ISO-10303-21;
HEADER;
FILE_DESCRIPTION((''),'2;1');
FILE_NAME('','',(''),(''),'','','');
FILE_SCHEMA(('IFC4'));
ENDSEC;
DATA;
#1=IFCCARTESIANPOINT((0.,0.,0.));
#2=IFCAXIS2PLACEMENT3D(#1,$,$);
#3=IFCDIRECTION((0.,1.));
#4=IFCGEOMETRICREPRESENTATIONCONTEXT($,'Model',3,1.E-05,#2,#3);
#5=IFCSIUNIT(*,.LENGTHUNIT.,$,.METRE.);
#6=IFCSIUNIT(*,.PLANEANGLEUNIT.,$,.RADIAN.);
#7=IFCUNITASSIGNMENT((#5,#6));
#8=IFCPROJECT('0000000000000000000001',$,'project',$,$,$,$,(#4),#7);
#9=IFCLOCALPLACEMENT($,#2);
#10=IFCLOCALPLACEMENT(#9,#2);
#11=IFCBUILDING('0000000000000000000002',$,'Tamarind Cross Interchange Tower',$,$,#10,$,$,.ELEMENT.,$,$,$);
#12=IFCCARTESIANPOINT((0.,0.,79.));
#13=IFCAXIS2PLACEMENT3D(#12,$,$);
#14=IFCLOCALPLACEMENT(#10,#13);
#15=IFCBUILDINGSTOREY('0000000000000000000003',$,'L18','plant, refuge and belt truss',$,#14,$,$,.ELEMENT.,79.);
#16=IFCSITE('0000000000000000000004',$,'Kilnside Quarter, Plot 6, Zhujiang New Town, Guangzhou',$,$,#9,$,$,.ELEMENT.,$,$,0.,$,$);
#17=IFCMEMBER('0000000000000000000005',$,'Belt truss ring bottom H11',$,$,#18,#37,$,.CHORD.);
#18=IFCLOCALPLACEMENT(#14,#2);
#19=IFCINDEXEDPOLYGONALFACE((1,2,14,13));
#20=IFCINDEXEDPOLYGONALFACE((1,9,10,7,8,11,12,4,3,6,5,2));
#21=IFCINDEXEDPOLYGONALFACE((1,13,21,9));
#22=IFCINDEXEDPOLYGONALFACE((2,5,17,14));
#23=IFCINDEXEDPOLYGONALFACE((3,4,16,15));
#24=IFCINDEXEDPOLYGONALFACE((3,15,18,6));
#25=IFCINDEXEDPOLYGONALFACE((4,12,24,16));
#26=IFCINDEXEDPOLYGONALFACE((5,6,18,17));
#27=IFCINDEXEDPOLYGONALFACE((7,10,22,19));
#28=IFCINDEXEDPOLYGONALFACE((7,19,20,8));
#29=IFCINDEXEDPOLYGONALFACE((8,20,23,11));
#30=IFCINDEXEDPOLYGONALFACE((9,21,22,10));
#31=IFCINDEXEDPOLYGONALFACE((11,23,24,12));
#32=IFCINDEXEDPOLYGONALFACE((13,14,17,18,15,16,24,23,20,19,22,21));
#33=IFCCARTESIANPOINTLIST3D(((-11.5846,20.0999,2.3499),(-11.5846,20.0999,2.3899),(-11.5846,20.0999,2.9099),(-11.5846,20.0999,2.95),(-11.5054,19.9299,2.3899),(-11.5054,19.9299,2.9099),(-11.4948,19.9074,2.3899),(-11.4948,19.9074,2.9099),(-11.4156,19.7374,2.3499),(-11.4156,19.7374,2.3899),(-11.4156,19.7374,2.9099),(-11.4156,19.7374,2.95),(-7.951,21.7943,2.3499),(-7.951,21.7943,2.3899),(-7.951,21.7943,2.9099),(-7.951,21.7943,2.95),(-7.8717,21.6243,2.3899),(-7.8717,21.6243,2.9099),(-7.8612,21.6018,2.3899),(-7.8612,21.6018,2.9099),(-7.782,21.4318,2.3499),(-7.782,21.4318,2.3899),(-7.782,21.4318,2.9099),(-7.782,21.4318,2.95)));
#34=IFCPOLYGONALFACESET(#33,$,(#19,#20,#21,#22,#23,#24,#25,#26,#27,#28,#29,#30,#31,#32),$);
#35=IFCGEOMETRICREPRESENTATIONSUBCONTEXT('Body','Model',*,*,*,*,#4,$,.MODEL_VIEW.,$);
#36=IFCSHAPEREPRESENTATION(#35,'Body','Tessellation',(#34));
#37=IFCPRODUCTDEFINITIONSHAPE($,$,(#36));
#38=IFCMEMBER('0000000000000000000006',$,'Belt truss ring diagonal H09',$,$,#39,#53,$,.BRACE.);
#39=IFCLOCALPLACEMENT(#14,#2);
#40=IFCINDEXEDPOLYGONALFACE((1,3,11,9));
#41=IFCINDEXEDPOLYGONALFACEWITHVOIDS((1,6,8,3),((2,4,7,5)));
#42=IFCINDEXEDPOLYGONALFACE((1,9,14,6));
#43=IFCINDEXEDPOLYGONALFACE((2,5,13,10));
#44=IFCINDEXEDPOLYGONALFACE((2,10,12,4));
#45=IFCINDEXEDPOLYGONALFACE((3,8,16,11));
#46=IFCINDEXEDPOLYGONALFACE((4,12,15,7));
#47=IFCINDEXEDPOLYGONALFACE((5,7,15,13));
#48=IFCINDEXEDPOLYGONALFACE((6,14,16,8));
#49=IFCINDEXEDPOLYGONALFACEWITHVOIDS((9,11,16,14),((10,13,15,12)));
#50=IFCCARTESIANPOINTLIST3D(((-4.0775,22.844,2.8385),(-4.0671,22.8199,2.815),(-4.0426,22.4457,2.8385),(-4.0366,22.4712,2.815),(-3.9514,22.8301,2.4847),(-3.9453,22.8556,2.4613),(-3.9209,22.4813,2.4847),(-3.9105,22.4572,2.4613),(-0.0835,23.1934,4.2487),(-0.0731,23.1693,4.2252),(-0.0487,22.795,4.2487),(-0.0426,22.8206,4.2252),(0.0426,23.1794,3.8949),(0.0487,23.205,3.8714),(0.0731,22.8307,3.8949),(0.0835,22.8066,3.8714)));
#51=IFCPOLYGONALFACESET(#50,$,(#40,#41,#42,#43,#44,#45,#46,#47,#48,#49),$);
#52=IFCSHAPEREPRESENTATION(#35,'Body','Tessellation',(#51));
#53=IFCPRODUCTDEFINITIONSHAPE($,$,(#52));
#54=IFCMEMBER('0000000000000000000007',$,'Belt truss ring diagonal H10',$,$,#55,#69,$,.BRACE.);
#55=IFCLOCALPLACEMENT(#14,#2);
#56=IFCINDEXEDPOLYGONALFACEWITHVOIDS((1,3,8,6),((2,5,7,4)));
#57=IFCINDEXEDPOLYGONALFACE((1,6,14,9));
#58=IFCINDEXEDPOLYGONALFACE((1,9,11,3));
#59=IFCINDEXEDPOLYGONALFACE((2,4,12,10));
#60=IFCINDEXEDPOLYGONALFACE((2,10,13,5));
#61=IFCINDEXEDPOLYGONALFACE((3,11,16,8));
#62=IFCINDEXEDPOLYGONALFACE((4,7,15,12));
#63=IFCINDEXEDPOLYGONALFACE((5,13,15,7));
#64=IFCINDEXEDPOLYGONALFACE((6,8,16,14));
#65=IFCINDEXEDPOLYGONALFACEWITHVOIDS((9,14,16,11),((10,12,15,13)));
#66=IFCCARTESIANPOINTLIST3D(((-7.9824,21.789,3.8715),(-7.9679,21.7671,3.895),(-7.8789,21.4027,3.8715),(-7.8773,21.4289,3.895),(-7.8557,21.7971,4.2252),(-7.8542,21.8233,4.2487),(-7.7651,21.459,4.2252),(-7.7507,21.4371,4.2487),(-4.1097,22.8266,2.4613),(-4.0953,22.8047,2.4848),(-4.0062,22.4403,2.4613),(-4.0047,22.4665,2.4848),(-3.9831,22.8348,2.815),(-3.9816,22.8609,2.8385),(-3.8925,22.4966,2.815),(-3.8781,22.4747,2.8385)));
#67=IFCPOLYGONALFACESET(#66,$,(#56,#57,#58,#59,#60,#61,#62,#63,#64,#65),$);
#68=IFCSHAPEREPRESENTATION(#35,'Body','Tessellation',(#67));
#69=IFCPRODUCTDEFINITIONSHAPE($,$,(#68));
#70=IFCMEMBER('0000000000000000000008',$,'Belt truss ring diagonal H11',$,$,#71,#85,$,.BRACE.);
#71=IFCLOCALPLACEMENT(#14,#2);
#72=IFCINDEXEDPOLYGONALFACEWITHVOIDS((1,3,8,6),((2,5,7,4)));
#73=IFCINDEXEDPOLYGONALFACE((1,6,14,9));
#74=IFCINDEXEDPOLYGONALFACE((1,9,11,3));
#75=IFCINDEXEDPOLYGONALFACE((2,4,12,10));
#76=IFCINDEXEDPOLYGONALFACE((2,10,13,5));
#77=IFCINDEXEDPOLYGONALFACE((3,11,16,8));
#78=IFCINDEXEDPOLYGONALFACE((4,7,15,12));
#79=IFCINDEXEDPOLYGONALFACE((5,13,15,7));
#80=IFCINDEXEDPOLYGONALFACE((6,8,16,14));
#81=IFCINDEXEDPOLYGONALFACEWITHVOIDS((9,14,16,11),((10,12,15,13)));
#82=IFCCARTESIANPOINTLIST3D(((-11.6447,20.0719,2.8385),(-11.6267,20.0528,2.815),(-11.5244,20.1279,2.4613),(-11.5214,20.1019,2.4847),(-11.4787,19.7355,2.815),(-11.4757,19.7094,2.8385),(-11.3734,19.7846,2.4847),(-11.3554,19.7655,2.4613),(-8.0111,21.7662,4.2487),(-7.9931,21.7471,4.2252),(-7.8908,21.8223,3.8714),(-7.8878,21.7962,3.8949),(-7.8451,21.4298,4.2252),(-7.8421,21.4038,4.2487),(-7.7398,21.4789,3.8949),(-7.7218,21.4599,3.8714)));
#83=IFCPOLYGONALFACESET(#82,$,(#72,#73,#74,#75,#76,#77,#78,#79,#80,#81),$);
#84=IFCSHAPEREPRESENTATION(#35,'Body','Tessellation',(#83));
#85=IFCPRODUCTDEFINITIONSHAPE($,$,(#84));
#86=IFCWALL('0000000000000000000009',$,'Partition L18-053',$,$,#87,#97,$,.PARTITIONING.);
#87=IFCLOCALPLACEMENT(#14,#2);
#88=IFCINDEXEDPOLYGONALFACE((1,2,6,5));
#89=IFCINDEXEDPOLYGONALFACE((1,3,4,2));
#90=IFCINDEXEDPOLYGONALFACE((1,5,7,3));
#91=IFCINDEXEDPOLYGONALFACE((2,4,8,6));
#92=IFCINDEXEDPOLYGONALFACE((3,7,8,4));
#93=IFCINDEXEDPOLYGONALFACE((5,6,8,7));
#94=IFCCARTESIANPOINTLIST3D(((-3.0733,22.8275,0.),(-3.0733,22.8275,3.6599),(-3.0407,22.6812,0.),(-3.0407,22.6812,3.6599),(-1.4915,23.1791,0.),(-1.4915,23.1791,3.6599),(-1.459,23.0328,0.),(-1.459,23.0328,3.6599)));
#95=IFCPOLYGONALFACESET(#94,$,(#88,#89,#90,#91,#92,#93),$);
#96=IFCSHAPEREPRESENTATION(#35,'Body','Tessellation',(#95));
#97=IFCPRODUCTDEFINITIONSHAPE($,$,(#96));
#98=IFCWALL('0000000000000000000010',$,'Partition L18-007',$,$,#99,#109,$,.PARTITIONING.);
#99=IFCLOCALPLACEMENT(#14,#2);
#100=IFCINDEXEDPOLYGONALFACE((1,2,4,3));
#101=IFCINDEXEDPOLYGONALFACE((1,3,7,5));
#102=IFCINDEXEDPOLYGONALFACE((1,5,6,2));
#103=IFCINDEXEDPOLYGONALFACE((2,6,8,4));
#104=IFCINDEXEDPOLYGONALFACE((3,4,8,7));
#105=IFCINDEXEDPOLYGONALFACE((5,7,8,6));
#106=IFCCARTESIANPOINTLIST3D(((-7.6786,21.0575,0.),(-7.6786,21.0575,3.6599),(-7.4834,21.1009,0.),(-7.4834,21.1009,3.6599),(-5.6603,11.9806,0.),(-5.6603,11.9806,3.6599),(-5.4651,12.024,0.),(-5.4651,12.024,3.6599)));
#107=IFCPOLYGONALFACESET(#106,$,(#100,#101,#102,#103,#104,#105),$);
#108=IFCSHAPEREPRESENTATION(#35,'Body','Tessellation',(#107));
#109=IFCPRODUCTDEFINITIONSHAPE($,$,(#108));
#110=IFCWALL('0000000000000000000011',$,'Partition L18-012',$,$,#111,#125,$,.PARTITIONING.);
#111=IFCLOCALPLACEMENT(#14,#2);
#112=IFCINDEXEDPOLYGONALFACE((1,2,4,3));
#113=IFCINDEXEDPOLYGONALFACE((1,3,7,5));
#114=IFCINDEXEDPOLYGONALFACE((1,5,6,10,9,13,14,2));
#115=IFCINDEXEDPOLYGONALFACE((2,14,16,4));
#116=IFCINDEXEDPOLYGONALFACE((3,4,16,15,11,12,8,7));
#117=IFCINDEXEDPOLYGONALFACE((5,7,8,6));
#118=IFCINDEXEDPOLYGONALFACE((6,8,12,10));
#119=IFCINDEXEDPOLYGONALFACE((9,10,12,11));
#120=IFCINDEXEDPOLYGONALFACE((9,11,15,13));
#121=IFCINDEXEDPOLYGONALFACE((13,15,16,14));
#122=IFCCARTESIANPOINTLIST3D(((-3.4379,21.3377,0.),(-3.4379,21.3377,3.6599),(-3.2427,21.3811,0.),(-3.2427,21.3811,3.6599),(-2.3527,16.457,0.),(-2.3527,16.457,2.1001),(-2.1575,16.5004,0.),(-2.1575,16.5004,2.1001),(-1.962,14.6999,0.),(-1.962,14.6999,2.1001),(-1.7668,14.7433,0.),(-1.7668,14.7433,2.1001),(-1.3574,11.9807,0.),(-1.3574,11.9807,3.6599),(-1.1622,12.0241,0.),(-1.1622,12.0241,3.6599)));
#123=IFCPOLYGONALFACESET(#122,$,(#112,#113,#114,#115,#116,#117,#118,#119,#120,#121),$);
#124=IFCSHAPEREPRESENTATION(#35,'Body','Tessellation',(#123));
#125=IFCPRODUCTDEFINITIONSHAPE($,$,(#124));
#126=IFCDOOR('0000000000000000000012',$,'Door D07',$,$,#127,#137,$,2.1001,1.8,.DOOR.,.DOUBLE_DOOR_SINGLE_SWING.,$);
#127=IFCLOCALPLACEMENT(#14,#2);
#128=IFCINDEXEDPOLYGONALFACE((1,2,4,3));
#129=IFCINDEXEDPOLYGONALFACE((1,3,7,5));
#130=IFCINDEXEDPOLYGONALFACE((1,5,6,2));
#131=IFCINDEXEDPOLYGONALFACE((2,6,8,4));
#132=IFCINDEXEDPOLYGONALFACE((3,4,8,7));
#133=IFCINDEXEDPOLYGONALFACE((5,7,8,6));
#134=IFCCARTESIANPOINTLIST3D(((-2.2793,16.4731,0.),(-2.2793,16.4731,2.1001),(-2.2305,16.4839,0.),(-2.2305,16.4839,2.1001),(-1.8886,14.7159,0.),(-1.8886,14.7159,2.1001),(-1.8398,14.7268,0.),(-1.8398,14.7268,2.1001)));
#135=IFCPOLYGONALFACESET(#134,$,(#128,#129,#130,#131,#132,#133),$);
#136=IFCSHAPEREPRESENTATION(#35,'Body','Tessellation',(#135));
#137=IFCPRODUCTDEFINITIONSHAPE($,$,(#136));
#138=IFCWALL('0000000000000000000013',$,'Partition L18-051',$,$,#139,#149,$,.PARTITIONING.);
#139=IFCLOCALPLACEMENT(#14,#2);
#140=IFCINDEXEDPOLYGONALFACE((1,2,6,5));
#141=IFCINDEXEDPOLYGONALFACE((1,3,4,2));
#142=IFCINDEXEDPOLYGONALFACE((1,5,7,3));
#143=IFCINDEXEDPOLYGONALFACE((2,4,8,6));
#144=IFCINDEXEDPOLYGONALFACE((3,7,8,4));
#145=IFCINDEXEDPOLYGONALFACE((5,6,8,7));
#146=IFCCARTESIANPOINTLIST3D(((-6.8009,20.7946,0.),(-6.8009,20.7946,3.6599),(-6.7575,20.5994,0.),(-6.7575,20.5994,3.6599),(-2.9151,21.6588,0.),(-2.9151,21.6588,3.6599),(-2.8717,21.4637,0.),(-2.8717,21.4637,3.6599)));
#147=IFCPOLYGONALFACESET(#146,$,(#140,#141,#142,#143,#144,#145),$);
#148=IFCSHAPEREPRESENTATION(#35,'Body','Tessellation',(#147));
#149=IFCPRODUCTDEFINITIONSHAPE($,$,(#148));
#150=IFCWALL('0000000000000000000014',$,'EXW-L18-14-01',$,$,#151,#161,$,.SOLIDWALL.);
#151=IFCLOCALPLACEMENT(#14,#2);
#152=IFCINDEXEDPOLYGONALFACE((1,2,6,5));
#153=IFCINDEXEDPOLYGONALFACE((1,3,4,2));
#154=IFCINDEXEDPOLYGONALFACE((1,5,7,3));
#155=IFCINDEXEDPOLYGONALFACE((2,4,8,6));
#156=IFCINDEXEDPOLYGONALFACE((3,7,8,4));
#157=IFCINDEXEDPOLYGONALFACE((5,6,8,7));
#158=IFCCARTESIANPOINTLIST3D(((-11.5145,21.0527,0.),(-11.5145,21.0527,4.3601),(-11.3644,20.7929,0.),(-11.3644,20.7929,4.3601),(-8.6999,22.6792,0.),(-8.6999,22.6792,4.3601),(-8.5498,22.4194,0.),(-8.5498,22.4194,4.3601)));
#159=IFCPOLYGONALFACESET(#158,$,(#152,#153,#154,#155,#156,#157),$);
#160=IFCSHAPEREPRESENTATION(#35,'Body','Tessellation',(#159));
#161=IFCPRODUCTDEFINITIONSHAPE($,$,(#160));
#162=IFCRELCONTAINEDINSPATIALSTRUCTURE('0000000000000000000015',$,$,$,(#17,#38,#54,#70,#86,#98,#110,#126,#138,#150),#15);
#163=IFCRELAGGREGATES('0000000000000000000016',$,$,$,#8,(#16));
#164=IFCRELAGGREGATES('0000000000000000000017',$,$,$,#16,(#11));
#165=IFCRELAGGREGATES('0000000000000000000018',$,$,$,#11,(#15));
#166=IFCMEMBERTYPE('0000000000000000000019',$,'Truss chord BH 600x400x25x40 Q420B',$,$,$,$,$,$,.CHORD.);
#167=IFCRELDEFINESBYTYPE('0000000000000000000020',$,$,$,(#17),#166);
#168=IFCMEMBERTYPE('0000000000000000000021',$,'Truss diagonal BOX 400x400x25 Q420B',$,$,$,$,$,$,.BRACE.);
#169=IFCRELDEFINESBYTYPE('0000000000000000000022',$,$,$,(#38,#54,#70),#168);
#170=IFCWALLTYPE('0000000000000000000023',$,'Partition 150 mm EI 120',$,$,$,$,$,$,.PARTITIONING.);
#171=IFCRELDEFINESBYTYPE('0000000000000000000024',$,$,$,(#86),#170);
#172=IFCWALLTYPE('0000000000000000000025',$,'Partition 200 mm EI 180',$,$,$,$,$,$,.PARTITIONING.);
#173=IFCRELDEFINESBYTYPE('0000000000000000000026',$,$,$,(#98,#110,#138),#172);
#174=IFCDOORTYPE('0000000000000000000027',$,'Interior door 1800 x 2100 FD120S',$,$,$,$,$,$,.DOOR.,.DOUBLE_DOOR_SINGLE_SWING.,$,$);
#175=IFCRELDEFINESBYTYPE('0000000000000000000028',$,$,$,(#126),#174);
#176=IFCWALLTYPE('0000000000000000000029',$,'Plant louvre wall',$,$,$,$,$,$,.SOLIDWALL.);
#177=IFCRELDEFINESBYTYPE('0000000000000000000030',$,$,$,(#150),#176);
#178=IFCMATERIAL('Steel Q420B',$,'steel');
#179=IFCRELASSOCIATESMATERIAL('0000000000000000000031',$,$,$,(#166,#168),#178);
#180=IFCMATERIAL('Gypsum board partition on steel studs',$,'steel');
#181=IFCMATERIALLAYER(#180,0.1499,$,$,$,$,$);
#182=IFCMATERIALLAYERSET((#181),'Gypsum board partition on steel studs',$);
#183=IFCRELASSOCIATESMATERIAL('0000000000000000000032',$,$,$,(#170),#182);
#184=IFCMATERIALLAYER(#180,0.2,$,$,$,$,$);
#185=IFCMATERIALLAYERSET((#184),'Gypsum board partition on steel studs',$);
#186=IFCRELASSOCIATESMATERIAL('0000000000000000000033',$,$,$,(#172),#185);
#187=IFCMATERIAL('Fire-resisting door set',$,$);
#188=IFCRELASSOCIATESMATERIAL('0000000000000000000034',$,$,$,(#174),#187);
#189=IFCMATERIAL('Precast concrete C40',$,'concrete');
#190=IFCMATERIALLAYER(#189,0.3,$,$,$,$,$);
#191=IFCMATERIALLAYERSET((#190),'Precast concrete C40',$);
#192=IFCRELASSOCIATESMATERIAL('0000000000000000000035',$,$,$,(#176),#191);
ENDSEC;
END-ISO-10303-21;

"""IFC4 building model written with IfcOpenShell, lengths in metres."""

from ifc_helpers import new_model, si_unit, direction, frame, frame_2d, origin, origin_2d, place, context, subcontext, project, spatial, rectangle, hollow_rectangle, i_section, extrude, material, layer, layer_set, material_profile, profile_set, type_object, element, fill, save


model = new_model("IFC4")

# Units and contexts
model_context = context("Model", 3, precision=1e-05, world=origin(), true_north=direction((0.0, 1.0)))
body_context = subcontext(model_context, "Body", "Model", "MODEL_VIEW")
ifc_project = project(units=[si_unit("LENGTHUNIT", "METRE"), si_unit("PLANEANGLEUNIT", "RADIAN")], contexts=[model_context])

# Site, building, storey
site_placement = place(None, origin())
site = spatial("IfcSite", under=ifc_project, at=site_placement, Name="Kilnside Quarter, Plot 6, Zhujiang New Town, Guangzhou", CompositionType="ELEMENT", RefElevation=0.0)
building_placement = place(site_placement, origin())
building = spatial("IfcBuilding", under=site, at=building_placement, Name="Tamarind Cross Interchange Tower", CompositionType="ELEMENT")
storey_placement = place(building_placement, frame((0.0, 0.0, 79.0)))
storey = spatial("IfcBuildingStorey", under=building, at=storey_placement, Name="L18", Description="plant, refuge and belt truss", CompositionType="ELEMENT", Elevation=79.0)

# Members
ifc_material_1 = material(Name="Steel Q420B", Category="steel")
ifc_material_profile_1 = material_profile(ifc_material_1, i_section(OverallWidth=0.3999, OverallDepth=0.6001, WebThickness=0.0249, FlangeThickness=0.04, at=origin_2d()), Name="BH 600x400x25x40")
ifc_profile_set_1 = profile_set([ifc_material_profile_1], Name="Steel Q420B")
member_type_1 = type_object("IfcMemberType", Name="Truss chord BH 600x400x25x40 Q420B", PredefinedType="CHORD", material=ifc_profile_set_1)
for number, where, z_axis, x_axis, name in (
    (1, (-7.8665, 21.613, 2.6499), (-0.906309, -0.422615, 0.0), (0.422615, -0.906309, 0.0), "Belt truss ring bottom H11"),
):
    element("IfcMember", number, at=place(storey_placement, frame(where, z_axis=z_axis, x_axis=x_axis)), inside=storey, type_object=member_type_1, Name=name, PredefinedType="CHORD", context=body_context, shape_type="SweptSolid", body=[
        extrude(i_section(OverallWidth=0.3999, OverallDepth=0.6001, WebThickness=0.0249, FlangeThickness=0.04, at=origin_2d()), origin(), (0.0, 0.0, 1.0), 4.0093),
    ])
ifc_material_profile_2 = material_profile(ifc_material_1, hollow_rectangle(XDim=0.3999, YDim=0.3999, WallThickness=0.0249, at=origin_2d()), Name="BOX 400x400x25")
ifc_profile_set_2 = profile_set([ifc_material_profile_2], Name="Steel Q420B")
member_type_2 = type_object("IfcMemberType", Name="Truss diagonal BOX 400x400x25 Q420B", PredefinedType="BRACE", material=ifc_profile_set_2)
for number, where, z_axis, x_axis, name in (
    (2, (0.0, 23.0, 4.0601), (-0.939758, -0.082205, -0.331808), (0.087142, -0.996196, 0.0), "Belt truss ring diagonal H09"),
    (3, (-3.9939, 22.6506, 2.6499), (-0.911206, -0.244145, 0.331807), (0.258807, -0.965929, 0.0), "Belt truss ring diagonal H10"),
    (4, (-7.8665, 21.613, 4.0601), (-0.854964, -0.398673, -0.331806), (0.422615, -0.906309, 0.0), "Belt truss ring diagonal H11"),
):
    element("IfcMember", number, at=place(storey_placement, frame(where, z_axis=z_axis, x_axis=x_axis)), inside=storey, type_object=member_type_2, Name=name, PredefinedType="BRACE", context=body_context, shape_type="SweptSolid", body=[
        extrude(hollow_rectangle(XDim=0.3999, YDim=0.3999, WallThickness=0.0249, at=origin_2d()), origin(), (0.0, 0.0, 1.0), 4.25),
    ])

# Walls
ifc_material_2 = material(Name="Gypsum board partition on steel studs", Category="steel")
ifc_layer_1 = layer(ifc_material_2, 0.1499)
ifc_layer_set_1 = layer_set([ifc_layer_1], Name="Gypsum board partition on steel studs")
wall_type_1 = type_object("IfcWallType", Name="Partition 150 mm EI 120", PredefinedType="PARTITIONING", material=ifc_layer_set_1)
wall_1_placement = place(storey_placement, frame((-3.0569, 22.7544, 0.0), z_axis=(0.0, 0.0, 1.0), x_axis=(0.97618, 0.216962, 0.0)))
element("IfcWall", 5, at=wall_1_placement, inside=storey, type_object=wall_type_1, Name="Partition L18-053", PredefinedType="PARTITIONING", context=body_context, shape_type="SweptSolid", body=[
    extrude(rectangle(XDim=1.6204, YDim=0.1499, at=frame_2d((0.8101, 0.0))), origin(), (0.0, 0.0, 1.0), 3.6599),
])
ifc_layer_2 = layer(ifc_material_2, 0.2)
ifc_layer_set_2 = layer_set([ifc_layer_2], Name="Gypsum board partition on steel studs")
wall_type_2 = type_object("IfcWallType", Name="Partition 200 mm EI 180", PredefinedType="PARTITIONING", material=ifc_layer_set_2)
wall_2_placement = place(storey_placement, frame((-7.5811, 21.0793, 0.0), z_axis=(0.0, 0.0, 1.0), x_axis=(0.217056, -0.976159, 0.0)))
element("IfcWall", 6, at=wall_2_placement, inside=storey, type_object=wall_type_2, Name="Partition L18-007", PredefinedType="PARTITIONING", context=body_context, shape_type="SweptSolid", body=[
    extrude(rectangle(XDim=9.2986, YDim=0.2, at=frame_2d((4.6494, 0.0))), origin(), (0.0, 0.0, 1.0), 3.6599),
])

# Wall, opening, door
wall_3_placement = place(storey_placement, frame((-3.3403, 21.3594, 0.0), z_axis=(0.0, 0.0, 1.0), x_axis=(0.217055, -0.976159, 0.0)))
wall_3 = element("IfcWall", 7, at=wall_3_placement, inside=storey, type_object=wall_type_2, Name="Partition L18-012", PredefinedType="PARTITIONING", context=body_context, shape_type="SweptSolid", body=[
    extrude(rectangle(XDim=9.5854, YDim=0.2, at=frame_2d((4.7927, 0.0))), origin(), (0.0, 0.0, 1.0), 3.6599),
])
opening_placement = place(wall_3_placement, frame((5.0, 0.0, 0.0)))
opening = element("IfcOpeningElement", 8, at=opening_placement, cuts=wall_3, PredefinedType="OPENING", context=body_context, shape_type="SweptSolid", body=[
    extrude(rectangle(XDim=1.8, YDim=2.1001, at=frame_2d((0.8999, 1.05))), frame((0.0, 0.1099, 0.0), z_axis=(0.0, -1.0, 0.0), x_axis=(1.0, 0.0, 0.0)), (0.0, 0.0, 1.0), 0.22),
])
ifc_material_3 = material(Name="Fire-resisting door set")
door_type = type_object("IfcDoorType", Name="Interior door 1800 x 2100 FD120S", OperationType="DOUBLE_DOOR_SINGLE_SWING", PredefinedType="DOOR", material=ifc_material_3)
door_placement = place(opening_placement, frame((1.8, 0.0, 0.0), z_axis=(0.0, 0.0, 1.0), x_axis=(-1.0, 0.0, 0.0)))
door = element("IfcDoor", 9, at=door_placement, inside=storey, type_object=door_type, Name="Door D07", OperationType="DOUBLE_DOOR_SINGLE_SWING", OverallHeight=2.1001, OverallWidth=1.8, PredefinedType="DOOR", context=body_context, shape_type="SweptSolid", body=[
    extrude(rectangle(XDim=1.8, YDim=2.1001, at=frame_2d((0.8999, 1.05))), frame((0.0, 0.0249, 0.0), z_axis=(0.0, -1.0, 0.0), x_axis=(1.0, 0.0, 0.0)), (0.0, 0.0, 1.0), 0.05),
])
fill(opening, door)

# Walls
wall_4_placement = place(storey_placement, frame((-6.7791, 20.697, 0.0), z_axis=(0.0, 0.0, 1.0), x_axis=(0.976147, 0.217112, 0.0)))
element("IfcWall", 10, at=wall_4_placement, inside=storey, type_object=wall_type_2, Name="Partition L18-051", PredefinedType="PARTITIONING", context=body_context, shape_type="SweptSolid", body=[
    extrude(rectangle(XDim=3.9807, YDim=0.2, at=frame_2d((1.9902, 0.0))), origin(), (0.0, 0.0, 1.0), 3.6599),
])
ifc_material_4 = material(Name="Precast concrete C40", Category="concrete")
ifc_layer_3 = layer(ifc_material_4, 0.3)
ifc_layer_set_3 = layer_set([ifc_layer_3], Name="Precast concrete C40")
wall_type_3 = type_object("IfcWallType", Name="Plant louvre wall", PredefinedType="SOLIDWALL", material=ifc_layer_set_3)
wall_5_placement = place(storey_placement, frame((-8.6248, 22.5493, 0.0), z_axis=(0.0, 0.0, 1.0), x_axis=(-0.865839, -0.500323, 0.0)))
element("IfcWall", 11, at=wall_5_placement, inside=storey, type_object=wall_type_3, Name="EXW-L18-14-01", PredefinedType="SOLIDWALL", context=body_context, shape_type="SweptSolid", body=[
    extrude(rectangle(XDim=3.2507, YDim=0.3, at=frame_2d((1.6255, 0.0))), origin(), (0.0, 0.0, 1.0), 4.3601),
])

save(model, "model.ifc")
